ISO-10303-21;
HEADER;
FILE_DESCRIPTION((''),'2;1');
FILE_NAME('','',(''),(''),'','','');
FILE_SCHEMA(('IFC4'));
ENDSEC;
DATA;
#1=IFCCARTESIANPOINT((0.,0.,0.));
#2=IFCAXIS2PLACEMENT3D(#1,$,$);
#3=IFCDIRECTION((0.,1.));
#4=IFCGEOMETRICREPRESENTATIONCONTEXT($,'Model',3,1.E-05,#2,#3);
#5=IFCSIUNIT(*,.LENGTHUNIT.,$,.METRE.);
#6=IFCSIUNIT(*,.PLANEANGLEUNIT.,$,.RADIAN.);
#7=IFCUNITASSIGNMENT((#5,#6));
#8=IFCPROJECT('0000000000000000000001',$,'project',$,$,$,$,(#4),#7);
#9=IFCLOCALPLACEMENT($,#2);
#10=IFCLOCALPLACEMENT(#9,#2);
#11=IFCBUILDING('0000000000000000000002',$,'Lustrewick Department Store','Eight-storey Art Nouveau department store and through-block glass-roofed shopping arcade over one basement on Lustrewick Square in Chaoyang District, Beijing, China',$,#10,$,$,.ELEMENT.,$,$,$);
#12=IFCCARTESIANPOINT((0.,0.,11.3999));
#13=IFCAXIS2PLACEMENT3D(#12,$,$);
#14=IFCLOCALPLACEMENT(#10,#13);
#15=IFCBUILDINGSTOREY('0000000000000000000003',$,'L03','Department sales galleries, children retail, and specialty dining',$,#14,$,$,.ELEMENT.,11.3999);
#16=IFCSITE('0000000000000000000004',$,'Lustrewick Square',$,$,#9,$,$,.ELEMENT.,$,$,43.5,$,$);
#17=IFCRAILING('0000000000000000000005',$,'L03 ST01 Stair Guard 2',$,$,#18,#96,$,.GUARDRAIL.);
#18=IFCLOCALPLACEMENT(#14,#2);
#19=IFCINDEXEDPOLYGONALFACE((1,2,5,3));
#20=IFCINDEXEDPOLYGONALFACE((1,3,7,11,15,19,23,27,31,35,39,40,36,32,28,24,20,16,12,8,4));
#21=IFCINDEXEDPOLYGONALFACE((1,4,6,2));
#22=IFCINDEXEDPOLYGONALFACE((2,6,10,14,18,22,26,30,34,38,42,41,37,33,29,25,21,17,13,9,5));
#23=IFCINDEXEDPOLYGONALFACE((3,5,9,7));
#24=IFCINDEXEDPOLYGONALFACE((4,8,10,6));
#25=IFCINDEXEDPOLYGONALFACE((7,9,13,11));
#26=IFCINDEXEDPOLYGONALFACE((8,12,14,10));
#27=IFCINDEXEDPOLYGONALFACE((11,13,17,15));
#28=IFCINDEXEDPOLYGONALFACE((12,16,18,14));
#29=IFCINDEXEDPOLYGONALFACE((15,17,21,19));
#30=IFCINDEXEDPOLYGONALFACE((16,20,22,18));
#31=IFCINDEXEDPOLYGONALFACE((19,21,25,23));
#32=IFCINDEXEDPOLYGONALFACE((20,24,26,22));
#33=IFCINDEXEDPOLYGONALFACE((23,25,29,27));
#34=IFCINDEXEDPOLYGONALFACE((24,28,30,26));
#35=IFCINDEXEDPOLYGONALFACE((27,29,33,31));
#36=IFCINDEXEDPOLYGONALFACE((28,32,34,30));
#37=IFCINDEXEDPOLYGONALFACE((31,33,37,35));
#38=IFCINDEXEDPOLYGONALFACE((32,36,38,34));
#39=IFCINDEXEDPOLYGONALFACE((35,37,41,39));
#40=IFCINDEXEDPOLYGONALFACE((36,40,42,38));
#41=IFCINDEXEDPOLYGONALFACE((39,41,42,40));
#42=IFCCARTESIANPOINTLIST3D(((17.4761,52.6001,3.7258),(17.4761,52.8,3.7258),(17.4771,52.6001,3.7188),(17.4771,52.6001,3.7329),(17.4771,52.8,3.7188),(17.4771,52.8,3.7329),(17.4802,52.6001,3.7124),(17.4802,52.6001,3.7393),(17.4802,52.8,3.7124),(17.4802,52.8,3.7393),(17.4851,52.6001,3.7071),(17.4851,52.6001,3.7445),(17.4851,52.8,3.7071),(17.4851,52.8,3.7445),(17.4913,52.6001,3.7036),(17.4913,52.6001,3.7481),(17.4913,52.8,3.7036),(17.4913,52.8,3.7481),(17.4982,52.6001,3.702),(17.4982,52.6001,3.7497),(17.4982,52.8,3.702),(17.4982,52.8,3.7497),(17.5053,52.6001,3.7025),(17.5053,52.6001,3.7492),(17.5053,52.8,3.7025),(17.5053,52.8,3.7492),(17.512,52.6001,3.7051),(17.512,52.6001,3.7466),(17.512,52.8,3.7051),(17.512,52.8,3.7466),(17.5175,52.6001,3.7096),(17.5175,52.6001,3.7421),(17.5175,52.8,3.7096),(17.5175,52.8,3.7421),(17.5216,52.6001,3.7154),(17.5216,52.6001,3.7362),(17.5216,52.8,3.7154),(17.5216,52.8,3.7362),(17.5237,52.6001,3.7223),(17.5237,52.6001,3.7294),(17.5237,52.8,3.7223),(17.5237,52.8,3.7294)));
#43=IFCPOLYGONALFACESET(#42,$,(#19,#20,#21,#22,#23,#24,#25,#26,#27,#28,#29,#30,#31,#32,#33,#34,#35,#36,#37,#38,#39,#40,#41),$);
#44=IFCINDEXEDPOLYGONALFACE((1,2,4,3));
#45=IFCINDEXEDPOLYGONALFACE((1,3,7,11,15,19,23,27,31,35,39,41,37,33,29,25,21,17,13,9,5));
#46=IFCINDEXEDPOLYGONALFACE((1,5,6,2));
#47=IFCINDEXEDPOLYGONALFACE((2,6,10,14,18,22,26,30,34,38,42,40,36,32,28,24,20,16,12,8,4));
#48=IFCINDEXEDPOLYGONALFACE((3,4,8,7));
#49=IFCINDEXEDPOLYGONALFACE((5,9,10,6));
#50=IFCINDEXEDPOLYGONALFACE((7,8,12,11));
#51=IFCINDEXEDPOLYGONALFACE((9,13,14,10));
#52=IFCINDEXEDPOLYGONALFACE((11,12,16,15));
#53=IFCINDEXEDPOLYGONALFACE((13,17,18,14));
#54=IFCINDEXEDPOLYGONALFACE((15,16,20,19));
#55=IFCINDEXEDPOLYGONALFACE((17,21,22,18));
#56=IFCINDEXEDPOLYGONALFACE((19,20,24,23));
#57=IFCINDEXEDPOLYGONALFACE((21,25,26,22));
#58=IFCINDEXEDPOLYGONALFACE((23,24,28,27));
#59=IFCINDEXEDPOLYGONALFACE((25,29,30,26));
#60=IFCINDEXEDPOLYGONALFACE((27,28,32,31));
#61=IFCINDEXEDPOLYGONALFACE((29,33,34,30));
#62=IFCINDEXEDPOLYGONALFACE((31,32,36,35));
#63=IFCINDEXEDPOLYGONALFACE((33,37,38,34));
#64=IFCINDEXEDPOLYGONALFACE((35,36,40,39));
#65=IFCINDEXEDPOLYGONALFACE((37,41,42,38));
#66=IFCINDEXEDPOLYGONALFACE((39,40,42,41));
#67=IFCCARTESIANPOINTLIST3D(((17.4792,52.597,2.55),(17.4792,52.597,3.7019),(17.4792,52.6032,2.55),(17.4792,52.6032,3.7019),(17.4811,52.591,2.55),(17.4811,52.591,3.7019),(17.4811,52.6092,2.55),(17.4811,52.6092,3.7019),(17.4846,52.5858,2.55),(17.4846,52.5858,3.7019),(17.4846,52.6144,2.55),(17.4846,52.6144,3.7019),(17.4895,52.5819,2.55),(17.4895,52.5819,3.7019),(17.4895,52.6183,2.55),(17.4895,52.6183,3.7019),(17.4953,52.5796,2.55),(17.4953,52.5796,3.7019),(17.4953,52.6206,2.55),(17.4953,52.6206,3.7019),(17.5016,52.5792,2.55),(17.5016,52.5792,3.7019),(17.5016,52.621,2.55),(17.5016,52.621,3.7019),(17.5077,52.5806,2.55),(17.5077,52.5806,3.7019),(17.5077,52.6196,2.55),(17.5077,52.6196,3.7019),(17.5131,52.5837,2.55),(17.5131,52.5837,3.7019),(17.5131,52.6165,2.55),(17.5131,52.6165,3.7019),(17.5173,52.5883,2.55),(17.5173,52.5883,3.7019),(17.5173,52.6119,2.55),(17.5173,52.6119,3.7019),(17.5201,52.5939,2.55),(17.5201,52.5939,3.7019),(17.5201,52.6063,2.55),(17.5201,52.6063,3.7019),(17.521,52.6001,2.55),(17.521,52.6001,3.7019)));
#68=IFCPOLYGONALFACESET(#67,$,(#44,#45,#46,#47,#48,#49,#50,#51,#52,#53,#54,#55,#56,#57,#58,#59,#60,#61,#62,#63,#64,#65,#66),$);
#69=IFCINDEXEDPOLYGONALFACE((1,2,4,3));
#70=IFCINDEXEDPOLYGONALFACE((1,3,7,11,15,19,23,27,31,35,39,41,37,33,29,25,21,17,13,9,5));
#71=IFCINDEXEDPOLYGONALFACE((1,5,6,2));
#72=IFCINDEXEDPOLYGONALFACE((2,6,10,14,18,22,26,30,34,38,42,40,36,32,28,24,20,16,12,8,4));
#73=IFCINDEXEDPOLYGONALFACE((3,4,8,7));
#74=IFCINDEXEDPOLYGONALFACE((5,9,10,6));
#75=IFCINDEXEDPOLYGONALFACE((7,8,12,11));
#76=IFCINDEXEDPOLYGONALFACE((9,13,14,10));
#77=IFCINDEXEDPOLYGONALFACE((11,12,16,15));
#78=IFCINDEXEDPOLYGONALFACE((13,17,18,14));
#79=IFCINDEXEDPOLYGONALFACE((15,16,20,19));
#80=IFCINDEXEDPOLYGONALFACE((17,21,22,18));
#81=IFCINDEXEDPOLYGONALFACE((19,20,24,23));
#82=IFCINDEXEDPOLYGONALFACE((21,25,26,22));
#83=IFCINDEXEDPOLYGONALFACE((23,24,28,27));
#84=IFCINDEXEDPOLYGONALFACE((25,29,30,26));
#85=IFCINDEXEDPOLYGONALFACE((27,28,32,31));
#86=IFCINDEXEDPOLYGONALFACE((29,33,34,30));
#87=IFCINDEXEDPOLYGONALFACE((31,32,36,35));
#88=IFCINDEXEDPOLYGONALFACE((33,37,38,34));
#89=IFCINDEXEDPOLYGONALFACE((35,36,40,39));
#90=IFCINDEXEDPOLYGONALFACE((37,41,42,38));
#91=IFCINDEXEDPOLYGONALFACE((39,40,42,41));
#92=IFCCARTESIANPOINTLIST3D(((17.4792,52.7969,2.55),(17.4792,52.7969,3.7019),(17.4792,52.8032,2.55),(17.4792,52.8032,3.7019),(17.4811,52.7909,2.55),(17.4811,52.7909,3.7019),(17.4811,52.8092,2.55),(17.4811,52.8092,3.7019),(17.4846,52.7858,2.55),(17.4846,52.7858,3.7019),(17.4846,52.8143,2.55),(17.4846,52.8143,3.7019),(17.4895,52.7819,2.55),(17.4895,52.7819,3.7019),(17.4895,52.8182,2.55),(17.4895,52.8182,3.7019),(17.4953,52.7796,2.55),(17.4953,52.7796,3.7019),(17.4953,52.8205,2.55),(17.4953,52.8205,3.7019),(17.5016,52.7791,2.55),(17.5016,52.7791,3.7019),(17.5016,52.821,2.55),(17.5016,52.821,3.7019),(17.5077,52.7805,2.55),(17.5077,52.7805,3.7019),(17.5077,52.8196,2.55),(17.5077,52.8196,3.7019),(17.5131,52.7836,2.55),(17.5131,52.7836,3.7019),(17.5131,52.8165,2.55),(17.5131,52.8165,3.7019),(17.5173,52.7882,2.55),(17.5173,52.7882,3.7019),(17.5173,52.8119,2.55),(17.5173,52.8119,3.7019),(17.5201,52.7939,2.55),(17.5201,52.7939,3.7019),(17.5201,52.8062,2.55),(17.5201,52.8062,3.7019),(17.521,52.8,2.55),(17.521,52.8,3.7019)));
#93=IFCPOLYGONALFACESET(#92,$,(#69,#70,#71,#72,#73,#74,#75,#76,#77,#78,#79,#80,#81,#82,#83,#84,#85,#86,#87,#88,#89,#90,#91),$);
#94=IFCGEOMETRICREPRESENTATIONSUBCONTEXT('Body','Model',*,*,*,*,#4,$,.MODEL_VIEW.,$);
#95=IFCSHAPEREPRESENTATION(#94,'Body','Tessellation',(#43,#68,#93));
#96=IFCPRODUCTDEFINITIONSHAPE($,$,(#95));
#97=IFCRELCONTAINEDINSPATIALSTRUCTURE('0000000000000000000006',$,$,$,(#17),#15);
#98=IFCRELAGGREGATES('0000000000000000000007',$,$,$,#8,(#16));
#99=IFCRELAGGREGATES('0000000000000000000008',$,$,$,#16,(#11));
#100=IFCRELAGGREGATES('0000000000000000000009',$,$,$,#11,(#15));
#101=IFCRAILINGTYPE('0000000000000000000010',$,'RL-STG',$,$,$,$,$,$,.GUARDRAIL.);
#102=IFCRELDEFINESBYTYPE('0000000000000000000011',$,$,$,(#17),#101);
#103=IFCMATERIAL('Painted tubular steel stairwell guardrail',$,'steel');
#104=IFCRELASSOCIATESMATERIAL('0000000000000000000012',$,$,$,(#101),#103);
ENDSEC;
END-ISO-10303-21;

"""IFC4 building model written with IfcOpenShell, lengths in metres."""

from ifc_helpers import new_model, si_unit, direction, frame, origin, origin_2d, place, context, subcontext, project, spatial, circle, extrude, material, type_object, element, save


model = new_model("IFC4")

# Units and contexts
model_context = context("Model", 3, precision=1e-05, world=origin(), true_north=direction((0.0, 1.0)))
body_context = subcontext(model_context, "Body", "Model", "MODEL_VIEW")
ifc_project = project(units=[si_unit("LENGTHUNIT", "METRE"), si_unit("PLANEANGLEUNIT", "RADIAN")], contexts=[model_context])

# Site, building, storey
site_placement = place(None, origin())
site = spatial("IfcSite", under=ifc_project, at=site_placement, Name="Lustrewick Square", CompositionType="ELEMENT", RefElevation=43.5)
building_placement = place(site_placement, origin())
building = spatial("IfcBuilding", under=site, at=building_placement, Name="Lustrewick Department Store", Description="Eight-storey Art Nouveau department store and through-block glass-roofed shopping arcade over one basement on Lustrewick Square in Chaoyang District, Beijing, China", CompositionType="ELEMENT")
storey_placement = place(building_placement, frame((0.0, 0.0, 11.3999)))
storey = spatial("IfcBuildingStorey", under=building, at=storey_placement, Name="L03", Description="Department sales galleries, children retail, and specialty dining", CompositionType="ELEMENT", Elevation=11.3999)

# Railing
ifc_material_1 = material(Name="Painted tubular steel stairwell guardrail", Category="steel")
railing_type_1 = type_object("IfcRailingType", Name="RL-STG", PredefinedType="GUARDRAIL", material=ifc_material_1)
railing_1_placement = place(storey_placement, frame((17.5, 52.6001, 2.55)))
element("IfcRailing", 1, at=railing_1_placement, inside=storey, type_object=railing_type_1, Name="L03 ST01 Stair Guard 2", PredefinedType="GUARDRAIL", context=body_context, shape_type="SweptSolid", body=[
    extrude(circle(Radius=0.0239, at=origin_2d()), frame((0.0, 0.0, 1.1758), z_axis=(0.0, 1.0, 0.0), x_axis=(-1.0, 0.0, 0.0)), (0.0, 0.0, 1.0), 0.2),
    extrude(circle(Radius=0.021, at=origin_2d()), origin(), (0.0, 0.0, 1.0), 1.1519),
    extrude(circle(Radius=0.021, at=origin_2d()), frame((0.0, 0.2, 0.0)), (0.0, 0.0, 1.0), 1.1519),
])

save(model, "model.ifc")
